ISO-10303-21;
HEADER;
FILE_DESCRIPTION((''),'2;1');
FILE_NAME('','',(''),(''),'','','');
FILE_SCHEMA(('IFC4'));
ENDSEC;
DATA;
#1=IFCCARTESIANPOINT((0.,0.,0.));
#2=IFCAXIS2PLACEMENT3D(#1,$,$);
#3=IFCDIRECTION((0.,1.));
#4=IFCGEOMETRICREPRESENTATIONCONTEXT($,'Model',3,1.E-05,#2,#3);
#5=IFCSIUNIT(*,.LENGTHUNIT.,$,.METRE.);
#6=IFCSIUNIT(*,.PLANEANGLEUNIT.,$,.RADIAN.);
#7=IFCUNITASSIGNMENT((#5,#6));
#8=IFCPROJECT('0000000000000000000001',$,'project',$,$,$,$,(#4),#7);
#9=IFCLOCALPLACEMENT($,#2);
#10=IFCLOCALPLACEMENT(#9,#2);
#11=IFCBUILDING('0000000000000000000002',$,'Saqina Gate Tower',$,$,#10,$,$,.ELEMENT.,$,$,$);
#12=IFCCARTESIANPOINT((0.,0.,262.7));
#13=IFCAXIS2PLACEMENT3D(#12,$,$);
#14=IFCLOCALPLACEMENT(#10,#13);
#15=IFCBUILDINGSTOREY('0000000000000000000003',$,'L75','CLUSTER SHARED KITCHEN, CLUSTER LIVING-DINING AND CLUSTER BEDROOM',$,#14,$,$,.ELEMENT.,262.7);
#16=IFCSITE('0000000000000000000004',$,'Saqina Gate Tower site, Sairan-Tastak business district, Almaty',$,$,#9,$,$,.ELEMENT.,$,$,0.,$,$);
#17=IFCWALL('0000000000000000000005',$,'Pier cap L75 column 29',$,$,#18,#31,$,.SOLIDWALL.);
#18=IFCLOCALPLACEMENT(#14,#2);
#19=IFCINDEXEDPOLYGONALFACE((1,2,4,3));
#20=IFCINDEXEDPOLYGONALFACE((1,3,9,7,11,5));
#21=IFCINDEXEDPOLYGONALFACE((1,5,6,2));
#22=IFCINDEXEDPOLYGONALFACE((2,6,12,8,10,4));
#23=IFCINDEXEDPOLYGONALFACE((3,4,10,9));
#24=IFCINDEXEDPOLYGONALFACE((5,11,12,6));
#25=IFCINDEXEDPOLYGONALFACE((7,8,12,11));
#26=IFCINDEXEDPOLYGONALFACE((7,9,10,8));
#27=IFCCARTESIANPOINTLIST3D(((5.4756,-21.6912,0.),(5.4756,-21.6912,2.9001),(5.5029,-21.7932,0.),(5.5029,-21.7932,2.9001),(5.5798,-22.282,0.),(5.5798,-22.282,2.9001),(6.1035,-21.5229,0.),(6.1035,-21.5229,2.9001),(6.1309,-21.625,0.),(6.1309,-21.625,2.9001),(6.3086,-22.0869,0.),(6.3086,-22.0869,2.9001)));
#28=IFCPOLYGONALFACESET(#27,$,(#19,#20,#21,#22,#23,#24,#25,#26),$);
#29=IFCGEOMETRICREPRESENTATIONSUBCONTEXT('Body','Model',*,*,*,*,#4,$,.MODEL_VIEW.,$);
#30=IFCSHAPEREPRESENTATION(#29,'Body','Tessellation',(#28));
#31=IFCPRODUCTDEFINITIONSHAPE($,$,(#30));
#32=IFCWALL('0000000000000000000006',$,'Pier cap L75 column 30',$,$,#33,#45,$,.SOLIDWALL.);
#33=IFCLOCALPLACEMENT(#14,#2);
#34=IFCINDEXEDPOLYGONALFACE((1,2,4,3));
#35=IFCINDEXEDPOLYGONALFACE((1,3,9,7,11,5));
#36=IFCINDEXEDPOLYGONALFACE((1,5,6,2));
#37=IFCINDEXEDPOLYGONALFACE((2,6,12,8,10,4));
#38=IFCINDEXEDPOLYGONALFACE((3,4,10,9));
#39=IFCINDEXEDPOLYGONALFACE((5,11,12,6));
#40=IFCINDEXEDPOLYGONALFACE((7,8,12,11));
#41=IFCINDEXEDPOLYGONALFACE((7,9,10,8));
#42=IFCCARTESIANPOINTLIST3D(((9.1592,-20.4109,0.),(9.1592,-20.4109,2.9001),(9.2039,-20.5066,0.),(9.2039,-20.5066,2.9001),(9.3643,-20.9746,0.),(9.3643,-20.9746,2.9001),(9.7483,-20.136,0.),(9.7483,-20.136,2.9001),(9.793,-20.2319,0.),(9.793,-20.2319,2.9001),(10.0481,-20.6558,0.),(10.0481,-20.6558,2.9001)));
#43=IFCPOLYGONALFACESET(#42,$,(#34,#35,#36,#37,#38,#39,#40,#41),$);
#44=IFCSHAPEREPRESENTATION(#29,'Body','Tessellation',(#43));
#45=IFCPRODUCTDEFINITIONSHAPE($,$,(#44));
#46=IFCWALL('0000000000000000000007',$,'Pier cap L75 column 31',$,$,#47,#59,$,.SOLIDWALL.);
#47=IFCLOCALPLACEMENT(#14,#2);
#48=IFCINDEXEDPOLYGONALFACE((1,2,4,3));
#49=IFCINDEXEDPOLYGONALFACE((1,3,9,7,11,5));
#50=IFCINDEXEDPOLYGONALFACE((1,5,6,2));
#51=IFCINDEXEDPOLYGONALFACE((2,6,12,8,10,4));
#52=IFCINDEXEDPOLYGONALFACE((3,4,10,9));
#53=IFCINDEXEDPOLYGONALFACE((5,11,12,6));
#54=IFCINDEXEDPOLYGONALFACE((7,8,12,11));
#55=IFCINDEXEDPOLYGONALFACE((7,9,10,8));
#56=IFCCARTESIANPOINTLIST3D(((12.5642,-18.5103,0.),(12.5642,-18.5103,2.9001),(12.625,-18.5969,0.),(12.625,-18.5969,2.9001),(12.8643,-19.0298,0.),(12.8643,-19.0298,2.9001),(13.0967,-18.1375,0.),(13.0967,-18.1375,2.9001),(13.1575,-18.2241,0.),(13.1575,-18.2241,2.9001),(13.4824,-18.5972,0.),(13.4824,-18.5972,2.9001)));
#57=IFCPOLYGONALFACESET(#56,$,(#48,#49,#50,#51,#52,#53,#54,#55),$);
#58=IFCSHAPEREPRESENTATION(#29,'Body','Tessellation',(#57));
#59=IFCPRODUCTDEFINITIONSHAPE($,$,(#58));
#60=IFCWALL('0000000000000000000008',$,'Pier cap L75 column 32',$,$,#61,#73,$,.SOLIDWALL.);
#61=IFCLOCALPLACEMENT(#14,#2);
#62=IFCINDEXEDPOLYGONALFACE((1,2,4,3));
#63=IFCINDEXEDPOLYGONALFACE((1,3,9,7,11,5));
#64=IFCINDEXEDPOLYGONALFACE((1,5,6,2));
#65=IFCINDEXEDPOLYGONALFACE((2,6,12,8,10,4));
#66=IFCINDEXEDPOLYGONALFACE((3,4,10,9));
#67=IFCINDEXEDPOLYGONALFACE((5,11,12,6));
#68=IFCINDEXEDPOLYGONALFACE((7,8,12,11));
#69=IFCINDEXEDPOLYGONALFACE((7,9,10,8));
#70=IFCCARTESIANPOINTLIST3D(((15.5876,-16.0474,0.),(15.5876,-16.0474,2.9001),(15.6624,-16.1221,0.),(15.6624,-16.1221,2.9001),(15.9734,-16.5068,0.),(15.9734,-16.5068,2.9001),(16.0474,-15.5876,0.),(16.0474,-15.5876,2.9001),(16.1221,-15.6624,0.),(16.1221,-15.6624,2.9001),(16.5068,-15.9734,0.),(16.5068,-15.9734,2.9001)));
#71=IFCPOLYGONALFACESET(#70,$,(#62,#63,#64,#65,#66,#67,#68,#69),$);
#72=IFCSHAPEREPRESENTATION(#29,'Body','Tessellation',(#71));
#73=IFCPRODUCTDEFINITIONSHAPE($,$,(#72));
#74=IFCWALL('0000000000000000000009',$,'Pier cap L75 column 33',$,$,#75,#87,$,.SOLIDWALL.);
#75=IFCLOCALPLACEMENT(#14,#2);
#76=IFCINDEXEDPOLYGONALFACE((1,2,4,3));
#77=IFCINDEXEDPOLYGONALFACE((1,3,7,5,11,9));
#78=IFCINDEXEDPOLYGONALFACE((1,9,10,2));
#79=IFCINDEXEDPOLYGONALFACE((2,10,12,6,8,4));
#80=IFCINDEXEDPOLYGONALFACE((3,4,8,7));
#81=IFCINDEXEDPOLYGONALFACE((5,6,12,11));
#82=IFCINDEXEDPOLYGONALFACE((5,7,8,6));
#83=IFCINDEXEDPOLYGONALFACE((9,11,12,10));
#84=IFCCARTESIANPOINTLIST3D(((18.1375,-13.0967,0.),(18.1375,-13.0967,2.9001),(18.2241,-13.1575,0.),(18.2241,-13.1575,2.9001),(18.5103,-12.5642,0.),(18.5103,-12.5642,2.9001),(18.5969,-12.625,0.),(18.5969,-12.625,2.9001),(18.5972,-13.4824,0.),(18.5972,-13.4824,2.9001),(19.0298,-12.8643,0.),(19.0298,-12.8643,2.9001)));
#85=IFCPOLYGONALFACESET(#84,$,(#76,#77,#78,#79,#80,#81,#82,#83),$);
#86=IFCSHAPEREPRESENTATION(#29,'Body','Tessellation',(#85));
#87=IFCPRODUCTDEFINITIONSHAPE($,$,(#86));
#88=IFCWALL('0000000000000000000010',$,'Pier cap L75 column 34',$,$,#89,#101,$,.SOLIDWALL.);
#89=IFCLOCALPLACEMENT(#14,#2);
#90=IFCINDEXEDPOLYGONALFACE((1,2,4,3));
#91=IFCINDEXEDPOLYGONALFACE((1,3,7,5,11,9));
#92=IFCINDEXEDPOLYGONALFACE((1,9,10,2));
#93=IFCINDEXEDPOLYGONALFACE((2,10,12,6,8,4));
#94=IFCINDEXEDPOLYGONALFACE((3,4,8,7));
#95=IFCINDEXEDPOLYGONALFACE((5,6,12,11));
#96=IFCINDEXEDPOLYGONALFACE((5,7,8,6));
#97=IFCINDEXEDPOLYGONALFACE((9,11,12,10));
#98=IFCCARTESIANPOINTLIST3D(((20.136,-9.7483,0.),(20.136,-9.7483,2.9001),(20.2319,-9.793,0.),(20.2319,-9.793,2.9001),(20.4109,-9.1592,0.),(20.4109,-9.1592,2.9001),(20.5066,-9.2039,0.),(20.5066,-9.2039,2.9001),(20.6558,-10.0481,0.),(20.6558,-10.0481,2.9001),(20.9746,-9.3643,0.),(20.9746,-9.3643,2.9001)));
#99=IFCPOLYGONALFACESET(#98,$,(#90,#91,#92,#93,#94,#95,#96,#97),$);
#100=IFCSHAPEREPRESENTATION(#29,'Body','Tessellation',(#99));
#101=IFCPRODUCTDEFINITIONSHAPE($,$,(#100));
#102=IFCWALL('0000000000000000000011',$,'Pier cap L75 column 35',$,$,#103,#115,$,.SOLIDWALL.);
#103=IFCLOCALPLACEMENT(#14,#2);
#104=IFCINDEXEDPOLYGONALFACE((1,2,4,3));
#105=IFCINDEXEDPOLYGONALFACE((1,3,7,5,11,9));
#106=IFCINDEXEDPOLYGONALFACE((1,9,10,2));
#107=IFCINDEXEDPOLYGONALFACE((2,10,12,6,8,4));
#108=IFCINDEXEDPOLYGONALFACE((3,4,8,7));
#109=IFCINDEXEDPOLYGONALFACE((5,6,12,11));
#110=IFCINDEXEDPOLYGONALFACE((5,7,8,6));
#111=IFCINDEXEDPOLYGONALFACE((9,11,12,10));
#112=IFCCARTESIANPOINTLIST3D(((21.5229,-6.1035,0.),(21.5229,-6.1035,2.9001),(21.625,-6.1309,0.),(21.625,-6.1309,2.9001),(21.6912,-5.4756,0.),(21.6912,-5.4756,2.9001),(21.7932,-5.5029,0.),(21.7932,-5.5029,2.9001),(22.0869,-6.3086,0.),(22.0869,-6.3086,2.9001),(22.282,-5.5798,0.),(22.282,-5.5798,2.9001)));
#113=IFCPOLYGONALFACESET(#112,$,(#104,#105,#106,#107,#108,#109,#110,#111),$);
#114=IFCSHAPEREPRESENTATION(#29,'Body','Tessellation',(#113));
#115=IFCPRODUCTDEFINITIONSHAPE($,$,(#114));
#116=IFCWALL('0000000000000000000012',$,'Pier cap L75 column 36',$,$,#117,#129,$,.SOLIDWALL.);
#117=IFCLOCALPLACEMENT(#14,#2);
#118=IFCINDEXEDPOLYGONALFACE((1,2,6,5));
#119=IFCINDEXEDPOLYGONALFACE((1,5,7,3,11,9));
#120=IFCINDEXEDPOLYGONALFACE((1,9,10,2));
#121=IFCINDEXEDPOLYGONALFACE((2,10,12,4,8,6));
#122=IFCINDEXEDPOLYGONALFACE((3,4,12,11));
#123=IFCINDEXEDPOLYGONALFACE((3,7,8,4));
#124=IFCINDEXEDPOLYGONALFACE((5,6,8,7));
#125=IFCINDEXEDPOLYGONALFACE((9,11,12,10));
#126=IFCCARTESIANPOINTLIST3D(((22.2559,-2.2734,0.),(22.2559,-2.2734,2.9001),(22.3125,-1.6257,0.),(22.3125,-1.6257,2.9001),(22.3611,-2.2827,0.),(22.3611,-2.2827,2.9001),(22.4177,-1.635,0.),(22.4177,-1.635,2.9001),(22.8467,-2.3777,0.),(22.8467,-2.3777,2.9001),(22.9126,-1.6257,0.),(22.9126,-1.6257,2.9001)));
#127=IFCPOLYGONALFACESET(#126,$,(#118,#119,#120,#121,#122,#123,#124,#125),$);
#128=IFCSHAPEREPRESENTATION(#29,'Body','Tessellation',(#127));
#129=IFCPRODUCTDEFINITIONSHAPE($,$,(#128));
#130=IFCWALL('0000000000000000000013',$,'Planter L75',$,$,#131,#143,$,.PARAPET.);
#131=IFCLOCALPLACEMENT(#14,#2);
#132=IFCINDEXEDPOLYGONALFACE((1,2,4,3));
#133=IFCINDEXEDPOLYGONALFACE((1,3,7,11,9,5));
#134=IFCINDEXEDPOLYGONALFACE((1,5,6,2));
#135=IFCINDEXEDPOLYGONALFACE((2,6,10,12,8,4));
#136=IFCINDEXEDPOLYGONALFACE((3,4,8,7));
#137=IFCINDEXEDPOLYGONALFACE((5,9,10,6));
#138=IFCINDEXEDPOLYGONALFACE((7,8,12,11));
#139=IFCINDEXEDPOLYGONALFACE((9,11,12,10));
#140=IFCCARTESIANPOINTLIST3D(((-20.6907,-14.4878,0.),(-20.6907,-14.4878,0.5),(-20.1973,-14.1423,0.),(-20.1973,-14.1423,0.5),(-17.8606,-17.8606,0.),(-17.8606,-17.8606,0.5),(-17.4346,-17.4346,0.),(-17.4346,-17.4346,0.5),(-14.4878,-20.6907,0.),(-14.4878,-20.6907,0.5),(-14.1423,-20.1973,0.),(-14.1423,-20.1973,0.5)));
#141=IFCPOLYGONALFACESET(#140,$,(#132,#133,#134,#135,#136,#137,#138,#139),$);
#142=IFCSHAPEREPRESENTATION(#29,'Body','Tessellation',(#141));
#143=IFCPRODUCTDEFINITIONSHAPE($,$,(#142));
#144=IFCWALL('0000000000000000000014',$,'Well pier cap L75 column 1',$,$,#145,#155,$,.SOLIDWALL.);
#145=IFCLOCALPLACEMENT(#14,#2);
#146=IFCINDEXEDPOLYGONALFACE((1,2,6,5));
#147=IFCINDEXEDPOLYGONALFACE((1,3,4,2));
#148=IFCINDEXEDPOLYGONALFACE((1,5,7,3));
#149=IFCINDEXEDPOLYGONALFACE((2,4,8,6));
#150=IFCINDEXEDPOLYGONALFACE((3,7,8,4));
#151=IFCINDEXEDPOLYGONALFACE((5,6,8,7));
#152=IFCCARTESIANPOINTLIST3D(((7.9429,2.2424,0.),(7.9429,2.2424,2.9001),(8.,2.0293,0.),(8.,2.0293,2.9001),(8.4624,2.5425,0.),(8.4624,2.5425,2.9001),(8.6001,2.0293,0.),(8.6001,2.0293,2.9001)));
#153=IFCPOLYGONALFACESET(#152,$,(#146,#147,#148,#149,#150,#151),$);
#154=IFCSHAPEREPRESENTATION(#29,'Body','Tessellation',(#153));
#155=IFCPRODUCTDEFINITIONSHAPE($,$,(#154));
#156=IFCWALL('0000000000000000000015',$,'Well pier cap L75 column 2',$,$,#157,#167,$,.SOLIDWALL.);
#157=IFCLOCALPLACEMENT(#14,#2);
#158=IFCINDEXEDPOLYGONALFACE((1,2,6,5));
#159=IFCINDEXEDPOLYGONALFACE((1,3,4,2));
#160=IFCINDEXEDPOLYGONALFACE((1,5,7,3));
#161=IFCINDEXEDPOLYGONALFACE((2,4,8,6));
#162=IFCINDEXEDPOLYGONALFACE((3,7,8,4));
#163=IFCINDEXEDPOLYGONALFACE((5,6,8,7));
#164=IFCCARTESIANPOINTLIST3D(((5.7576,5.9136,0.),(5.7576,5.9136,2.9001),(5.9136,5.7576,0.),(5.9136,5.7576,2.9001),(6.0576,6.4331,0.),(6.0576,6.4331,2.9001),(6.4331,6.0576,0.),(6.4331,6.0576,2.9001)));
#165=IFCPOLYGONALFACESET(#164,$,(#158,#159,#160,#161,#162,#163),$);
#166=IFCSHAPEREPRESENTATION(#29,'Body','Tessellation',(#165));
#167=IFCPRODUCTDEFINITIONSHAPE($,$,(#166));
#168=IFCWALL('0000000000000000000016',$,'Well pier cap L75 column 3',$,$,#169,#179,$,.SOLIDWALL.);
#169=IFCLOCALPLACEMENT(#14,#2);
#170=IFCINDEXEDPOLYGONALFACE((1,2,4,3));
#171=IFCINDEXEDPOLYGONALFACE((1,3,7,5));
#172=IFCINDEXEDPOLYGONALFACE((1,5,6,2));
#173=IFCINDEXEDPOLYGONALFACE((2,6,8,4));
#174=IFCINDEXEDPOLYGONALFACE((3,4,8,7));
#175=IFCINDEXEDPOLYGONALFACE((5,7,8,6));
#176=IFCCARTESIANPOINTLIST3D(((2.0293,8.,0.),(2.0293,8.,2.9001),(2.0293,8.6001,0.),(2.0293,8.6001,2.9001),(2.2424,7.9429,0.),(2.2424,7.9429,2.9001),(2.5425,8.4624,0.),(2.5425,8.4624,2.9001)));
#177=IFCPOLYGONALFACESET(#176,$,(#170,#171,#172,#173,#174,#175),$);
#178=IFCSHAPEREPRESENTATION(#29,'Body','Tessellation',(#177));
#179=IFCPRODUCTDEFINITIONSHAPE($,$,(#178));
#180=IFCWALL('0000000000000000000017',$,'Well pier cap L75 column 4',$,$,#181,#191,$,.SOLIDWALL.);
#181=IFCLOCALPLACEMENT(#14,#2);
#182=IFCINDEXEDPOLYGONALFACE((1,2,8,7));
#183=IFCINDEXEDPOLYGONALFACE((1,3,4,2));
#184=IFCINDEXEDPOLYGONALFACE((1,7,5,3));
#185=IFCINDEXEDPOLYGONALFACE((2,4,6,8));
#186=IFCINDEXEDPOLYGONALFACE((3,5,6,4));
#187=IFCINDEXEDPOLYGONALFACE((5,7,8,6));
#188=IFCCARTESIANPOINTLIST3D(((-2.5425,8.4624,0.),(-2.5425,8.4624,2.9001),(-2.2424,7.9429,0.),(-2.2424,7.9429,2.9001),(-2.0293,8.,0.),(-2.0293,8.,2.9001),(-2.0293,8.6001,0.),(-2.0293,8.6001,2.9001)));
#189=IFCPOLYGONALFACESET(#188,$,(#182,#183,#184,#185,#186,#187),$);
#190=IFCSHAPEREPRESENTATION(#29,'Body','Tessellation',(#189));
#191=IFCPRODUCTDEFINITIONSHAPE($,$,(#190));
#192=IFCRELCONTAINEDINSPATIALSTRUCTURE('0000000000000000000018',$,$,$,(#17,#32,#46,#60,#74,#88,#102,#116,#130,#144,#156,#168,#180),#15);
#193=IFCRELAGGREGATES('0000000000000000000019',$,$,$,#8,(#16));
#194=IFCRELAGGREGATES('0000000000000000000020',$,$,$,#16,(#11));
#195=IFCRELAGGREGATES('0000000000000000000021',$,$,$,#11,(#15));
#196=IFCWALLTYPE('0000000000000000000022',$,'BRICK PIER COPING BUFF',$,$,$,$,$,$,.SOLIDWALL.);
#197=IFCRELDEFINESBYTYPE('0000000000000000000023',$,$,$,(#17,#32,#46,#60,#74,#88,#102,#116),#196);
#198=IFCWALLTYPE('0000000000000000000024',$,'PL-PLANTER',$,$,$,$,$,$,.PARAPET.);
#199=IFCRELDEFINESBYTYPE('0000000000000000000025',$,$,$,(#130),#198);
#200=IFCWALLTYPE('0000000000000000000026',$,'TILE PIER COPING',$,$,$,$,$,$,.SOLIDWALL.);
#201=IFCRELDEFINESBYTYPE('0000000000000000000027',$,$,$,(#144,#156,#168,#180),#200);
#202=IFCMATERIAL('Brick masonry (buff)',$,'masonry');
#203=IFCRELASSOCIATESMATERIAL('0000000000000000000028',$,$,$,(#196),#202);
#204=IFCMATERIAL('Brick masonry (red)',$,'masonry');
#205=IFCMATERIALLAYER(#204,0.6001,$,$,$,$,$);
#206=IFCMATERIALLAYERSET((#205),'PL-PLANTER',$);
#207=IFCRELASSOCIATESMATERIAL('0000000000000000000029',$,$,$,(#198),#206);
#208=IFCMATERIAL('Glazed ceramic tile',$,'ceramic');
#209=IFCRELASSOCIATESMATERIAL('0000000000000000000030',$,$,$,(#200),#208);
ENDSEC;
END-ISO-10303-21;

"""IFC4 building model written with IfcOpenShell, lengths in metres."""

from ifc_helpers import new_model, si_unit, direction, frame, origin, place, context, subcontext, project, spatial, polyline, outline, extrude, material, layer, layer_set, type_object, element, save


model = new_model("IFC4")

# Units and contexts
model_context = context("Model", 3, precision=1e-05, world=origin(), true_north=direction((0.0, 1.0)))
body_context = subcontext(model_context, "Body", "Model", "MODEL_VIEW")
ifc_project = project(units=[si_unit("LENGTHUNIT", "METRE"), si_unit("PLANEANGLEUNIT", "RADIAN")], contexts=[model_context])

# Site, building, storey
site_placement = place(None, origin())
site = spatial("IfcSite", under=ifc_project, at=site_placement, Name="Saqina Gate Tower site, Sairan-Tastak business district, Almaty", CompositionType="ELEMENT", RefElevation=0.0)
building_placement = place(site_placement, origin())
building = spatial("IfcBuilding", under=site, at=building_placement, Name="Saqina Gate Tower", CompositionType="ELEMENT")
storey_placement = place(building_placement, frame((0.0, 0.0, 262.7)))
storey = spatial("IfcBuildingStorey", under=building, at=storey_placement, Name="L75", Description="CLUSTER SHARED KITCHEN, CLUSTER LIVING-DINING AND CLUSTER BEDROOM", CompositionType="ELEMENT", Elevation=262.7)

# Walls
ifc_material_1 = material(Name="Brick masonry (buff)", Category="masonry")
wall_type_1 = type_object("IfcWallType", Name="BRICK PIER COPING BUFF", PredefinedType="SOLIDWALL", material=ifc_material_1)
wall_1_placement = place(storey_placement, origin())
element("IfcWall", 1, at=wall_1_placement, inside=storey, type_object=wall_type_1, Name="Pier cap L75 column 29", PredefinedType="SOLIDWALL", context=body_context, shape_type="SweptSolid", body=[
    extrude(outline(polyline([(6.3086, -22.0869), (6.1035, -21.5229), (6.1309, -21.625), (5.5029, -21.7932), (5.4756, -21.6912), (5.5798, -22.282), (6.3086, -22.0869)])), origin(), (0.0, 0.0, 1.0), 2.9001),
])
wall_2_placement = place(storey_placement, origin())
element("IfcWall", 2, at=wall_2_placement, inside=storey, type_object=wall_type_1, Name="Pier cap L75 column 30", PredefinedType="SOLIDWALL", context=body_context, shape_type="SweptSolid", body=[
    extrude(outline(polyline([(9.3643, -20.9746), (10.0481, -20.6558), (9.7483, -20.136), (9.793, -20.2319), (9.2039, -20.5066), (9.1592, -20.4109), (9.3643, -20.9746)])), origin(), (0.0, 0.0, 1.0), 2.9001),
])
wall_3_placement = place(storey_placement, origin())
element("IfcWall", 3, at=wall_3_placement, inside=storey, type_object=wall_type_1, Name="Pier cap L75 column 31", PredefinedType="SOLIDWALL", context=body_context, shape_type="SweptSolid", body=[
    extrude(outline(polyline([(12.8643, -19.0298), (13.4824, -18.5972), (13.0967, -18.1375), (13.1575, -18.2241), (12.625, -18.5969), (12.5642, -18.5103), (12.8643, -19.0298)])), origin(), (0.0, 0.0, 1.0), 2.9001),
])
wall_4_placement = place(storey_placement, origin())
element("IfcWall", 4, at=wall_4_placement, inside=storey, type_object=wall_type_1, Name="Pier cap L75 column 32", PredefinedType="SOLIDWALL", context=body_context, shape_type="SweptSolid", body=[
    extrude(outline(polyline([(16.5068, -15.9734), (16.0474, -15.5876), (16.1221, -15.6624), (15.6624, -16.1221), (15.5876, -16.0474), (15.9734, -16.5068), (16.5068, -15.9734)])), origin(), (0.0, 0.0, 1.0), 2.9001),
])
wall_5_placement = place(storey_placement, origin())
element("IfcWall", 5, at=wall_5_placement, inside=storey, type_object=wall_type_1, Name="Pier cap L75 column 33", PredefinedType="SOLIDWALL", context=body_context, shape_type="SweptSolid", body=[
    extrude(outline(polyline([(19.0298, -12.8643), (18.5103, -12.5642), (18.5969, -12.625), (18.2241, -13.1575), (18.1375, -13.0967), (18.5972, -13.4824), (19.0298, -12.8643)])), origin(), (0.0, 0.0, 1.0), 2.9001),
])
wall_6_placement = place(storey_placement, origin())
element("IfcWall", 6, at=wall_6_placement, inside=storey, type_object=wall_type_1, Name="Pier cap L75 column 34", PredefinedType="SOLIDWALL", context=body_context, shape_type="SweptSolid", body=[
    extrude(outline(polyline([(20.6558, -10.0481), (20.9746, -9.3643), (20.4109, -9.1592), (20.5066, -9.2039), (20.2319, -9.793), (20.136, -9.7483), (20.6558, -10.0481)])), origin(), (0.0, 0.0, 1.0), 2.9001),
])
wall_7_placement = place(storey_placement, origin())
element("IfcWall", 7, at=wall_7_placement, inside=storey, type_object=wall_type_1, Name="Pier cap L75 column 35", PredefinedType="SOLIDWALL", context=body_context, shape_type="SweptSolid", body=[
    extrude(outline(polyline([(22.282, -5.5798), (21.6912, -5.4756), (21.7932, -5.5029), (21.625, -6.1309), (21.5229, -6.1035), (22.0869, -6.3086), (22.282, -5.5798)])), origin(), (0.0, 0.0, 1.0), 2.9001),
])
wall_8_placement = place(storey_placement, origin())
element("IfcWall", 8, at=wall_8_placement, inside=storey, type_object=wall_type_1, Name="Pier cap L75 column 36", PredefinedType="SOLIDWALL", context=body_context, shape_type="SweptSolid", body=[
    extrude(outline(polyline([(22.8467, -2.3777), (22.9126, -1.6257), (22.3125, -1.6257), (22.4177, -1.635), (22.3611, -2.2827), (22.2559, -2.2734), (22.8467, -2.3777)])), origin(), (0.0, 0.0, 1.0), 2.9001),
])
ifc_material_2 = material(Name="Brick masonry (red)", Category="masonry")
ifc_layer = layer(ifc_material_2, 0.6001)
ifc_layer_set = layer_set([ifc_layer], Name="PL-PLANTER")
wall_type_2 = type_object("IfcWallType", Name="PL-PLANTER", PredefinedType="PARAPET", material=ifc_layer_set)
wall_9_placement = place(storey_placement, origin())
element("IfcWall", 9, at=wall_9_placement, inside=storey, type_object=wall_type_2, Name="Planter L75", PredefinedType="PARAPET", context=body_context, shape_type="SweptSolid", body=[
    extrude(outline(polyline([(-20.6907, -14.4878), (-17.8606, -17.8606), (-14.4878, -20.6907), (-14.1423, -20.1973), (-17.4346, -17.4346), (-20.1973, -14.1423), (-20.6907, -14.4878)])), origin(), (0.0, 0.0, 1.0), 0.5),
])
ifc_material_3 = material(Name="Glazed ceramic tile", Category="ceramic")
wall_type_3 = type_object("IfcWallType", Name="TILE PIER COPING", PredefinedType="SOLIDWALL", material=ifc_material_3)
wall_10_placement = place(storey_placement, origin())
element("IfcWall", 10, at=wall_10_placement, inside=storey, type_object=wall_type_3, Name="Well pier cap L75 column 1", PredefinedType="SOLIDWALL", context=body_context, shape_type="SweptSolid", body=[
    extrude(outline(polyline([(8.4624, 2.5425), (7.9429, 2.2424), (8.0, 2.0293), (8.6001, 2.0293), (8.4624, 2.5425)])), origin(), (0.0, 0.0, 1.0), 2.9001),
])
wall_11_placement = place(storey_placement, origin())
element("IfcWall", 11, at=wall_11_placement, inside=storey, type_object=wall_type_3, Name="Well pier cap L75 column 2", PredefinedType="SOLIDWALL", context=body_context, shape_type="SweptSolid", body=[
    extrude(outline(polyline([(6.0576, 6.4331), (5.7576, 5.9136), (5.9136, 5.7576), (6.4331, 6.0576), (6.0576, 6.4331)])), origin(), (0.0, 0.0, 1.0), 2.9001),
])
wall_12_placement = place(storey_placement, origin())
element("IfcWall", 12, at=wall_12_placement, inside=storey, type_object=wall_type_3, Name="Well pier cap L75 column 3", PredefinedType="SOLIDWALL", context=body_context, shape_type="SweptSolid", body=[
    extrude(outline(polyline([(2.0293, 8.6001), (2.0293, 8.0), (2.2424, 7.9429), (2.5425, 8.4624), (2.0293, 8.6001)])), origin(), (0.0, 0.0, 1.0), 2.9001),
])
wall_13_placement = place(storey_placement, origin())
element("IfcWall", 13, at=wall_13_placement, inside=storey, type_object=wall_type_3, Name="Well pier cap L75 column 4", PredefinedType="SOLIDWALL", context=body_context, shape_type="SweptSolid", body=[
    extrude(outline(polyline([(-2.5425, 8.4624), (-2.2424, 7.9429), (-2.0293, 8.0), (-2.0293, 8.6001), (-2.5425, 8.4624)])), origin(), (0.0, 0.0, 1.0), 2.9001),
])

save(model, "model.ifc")
